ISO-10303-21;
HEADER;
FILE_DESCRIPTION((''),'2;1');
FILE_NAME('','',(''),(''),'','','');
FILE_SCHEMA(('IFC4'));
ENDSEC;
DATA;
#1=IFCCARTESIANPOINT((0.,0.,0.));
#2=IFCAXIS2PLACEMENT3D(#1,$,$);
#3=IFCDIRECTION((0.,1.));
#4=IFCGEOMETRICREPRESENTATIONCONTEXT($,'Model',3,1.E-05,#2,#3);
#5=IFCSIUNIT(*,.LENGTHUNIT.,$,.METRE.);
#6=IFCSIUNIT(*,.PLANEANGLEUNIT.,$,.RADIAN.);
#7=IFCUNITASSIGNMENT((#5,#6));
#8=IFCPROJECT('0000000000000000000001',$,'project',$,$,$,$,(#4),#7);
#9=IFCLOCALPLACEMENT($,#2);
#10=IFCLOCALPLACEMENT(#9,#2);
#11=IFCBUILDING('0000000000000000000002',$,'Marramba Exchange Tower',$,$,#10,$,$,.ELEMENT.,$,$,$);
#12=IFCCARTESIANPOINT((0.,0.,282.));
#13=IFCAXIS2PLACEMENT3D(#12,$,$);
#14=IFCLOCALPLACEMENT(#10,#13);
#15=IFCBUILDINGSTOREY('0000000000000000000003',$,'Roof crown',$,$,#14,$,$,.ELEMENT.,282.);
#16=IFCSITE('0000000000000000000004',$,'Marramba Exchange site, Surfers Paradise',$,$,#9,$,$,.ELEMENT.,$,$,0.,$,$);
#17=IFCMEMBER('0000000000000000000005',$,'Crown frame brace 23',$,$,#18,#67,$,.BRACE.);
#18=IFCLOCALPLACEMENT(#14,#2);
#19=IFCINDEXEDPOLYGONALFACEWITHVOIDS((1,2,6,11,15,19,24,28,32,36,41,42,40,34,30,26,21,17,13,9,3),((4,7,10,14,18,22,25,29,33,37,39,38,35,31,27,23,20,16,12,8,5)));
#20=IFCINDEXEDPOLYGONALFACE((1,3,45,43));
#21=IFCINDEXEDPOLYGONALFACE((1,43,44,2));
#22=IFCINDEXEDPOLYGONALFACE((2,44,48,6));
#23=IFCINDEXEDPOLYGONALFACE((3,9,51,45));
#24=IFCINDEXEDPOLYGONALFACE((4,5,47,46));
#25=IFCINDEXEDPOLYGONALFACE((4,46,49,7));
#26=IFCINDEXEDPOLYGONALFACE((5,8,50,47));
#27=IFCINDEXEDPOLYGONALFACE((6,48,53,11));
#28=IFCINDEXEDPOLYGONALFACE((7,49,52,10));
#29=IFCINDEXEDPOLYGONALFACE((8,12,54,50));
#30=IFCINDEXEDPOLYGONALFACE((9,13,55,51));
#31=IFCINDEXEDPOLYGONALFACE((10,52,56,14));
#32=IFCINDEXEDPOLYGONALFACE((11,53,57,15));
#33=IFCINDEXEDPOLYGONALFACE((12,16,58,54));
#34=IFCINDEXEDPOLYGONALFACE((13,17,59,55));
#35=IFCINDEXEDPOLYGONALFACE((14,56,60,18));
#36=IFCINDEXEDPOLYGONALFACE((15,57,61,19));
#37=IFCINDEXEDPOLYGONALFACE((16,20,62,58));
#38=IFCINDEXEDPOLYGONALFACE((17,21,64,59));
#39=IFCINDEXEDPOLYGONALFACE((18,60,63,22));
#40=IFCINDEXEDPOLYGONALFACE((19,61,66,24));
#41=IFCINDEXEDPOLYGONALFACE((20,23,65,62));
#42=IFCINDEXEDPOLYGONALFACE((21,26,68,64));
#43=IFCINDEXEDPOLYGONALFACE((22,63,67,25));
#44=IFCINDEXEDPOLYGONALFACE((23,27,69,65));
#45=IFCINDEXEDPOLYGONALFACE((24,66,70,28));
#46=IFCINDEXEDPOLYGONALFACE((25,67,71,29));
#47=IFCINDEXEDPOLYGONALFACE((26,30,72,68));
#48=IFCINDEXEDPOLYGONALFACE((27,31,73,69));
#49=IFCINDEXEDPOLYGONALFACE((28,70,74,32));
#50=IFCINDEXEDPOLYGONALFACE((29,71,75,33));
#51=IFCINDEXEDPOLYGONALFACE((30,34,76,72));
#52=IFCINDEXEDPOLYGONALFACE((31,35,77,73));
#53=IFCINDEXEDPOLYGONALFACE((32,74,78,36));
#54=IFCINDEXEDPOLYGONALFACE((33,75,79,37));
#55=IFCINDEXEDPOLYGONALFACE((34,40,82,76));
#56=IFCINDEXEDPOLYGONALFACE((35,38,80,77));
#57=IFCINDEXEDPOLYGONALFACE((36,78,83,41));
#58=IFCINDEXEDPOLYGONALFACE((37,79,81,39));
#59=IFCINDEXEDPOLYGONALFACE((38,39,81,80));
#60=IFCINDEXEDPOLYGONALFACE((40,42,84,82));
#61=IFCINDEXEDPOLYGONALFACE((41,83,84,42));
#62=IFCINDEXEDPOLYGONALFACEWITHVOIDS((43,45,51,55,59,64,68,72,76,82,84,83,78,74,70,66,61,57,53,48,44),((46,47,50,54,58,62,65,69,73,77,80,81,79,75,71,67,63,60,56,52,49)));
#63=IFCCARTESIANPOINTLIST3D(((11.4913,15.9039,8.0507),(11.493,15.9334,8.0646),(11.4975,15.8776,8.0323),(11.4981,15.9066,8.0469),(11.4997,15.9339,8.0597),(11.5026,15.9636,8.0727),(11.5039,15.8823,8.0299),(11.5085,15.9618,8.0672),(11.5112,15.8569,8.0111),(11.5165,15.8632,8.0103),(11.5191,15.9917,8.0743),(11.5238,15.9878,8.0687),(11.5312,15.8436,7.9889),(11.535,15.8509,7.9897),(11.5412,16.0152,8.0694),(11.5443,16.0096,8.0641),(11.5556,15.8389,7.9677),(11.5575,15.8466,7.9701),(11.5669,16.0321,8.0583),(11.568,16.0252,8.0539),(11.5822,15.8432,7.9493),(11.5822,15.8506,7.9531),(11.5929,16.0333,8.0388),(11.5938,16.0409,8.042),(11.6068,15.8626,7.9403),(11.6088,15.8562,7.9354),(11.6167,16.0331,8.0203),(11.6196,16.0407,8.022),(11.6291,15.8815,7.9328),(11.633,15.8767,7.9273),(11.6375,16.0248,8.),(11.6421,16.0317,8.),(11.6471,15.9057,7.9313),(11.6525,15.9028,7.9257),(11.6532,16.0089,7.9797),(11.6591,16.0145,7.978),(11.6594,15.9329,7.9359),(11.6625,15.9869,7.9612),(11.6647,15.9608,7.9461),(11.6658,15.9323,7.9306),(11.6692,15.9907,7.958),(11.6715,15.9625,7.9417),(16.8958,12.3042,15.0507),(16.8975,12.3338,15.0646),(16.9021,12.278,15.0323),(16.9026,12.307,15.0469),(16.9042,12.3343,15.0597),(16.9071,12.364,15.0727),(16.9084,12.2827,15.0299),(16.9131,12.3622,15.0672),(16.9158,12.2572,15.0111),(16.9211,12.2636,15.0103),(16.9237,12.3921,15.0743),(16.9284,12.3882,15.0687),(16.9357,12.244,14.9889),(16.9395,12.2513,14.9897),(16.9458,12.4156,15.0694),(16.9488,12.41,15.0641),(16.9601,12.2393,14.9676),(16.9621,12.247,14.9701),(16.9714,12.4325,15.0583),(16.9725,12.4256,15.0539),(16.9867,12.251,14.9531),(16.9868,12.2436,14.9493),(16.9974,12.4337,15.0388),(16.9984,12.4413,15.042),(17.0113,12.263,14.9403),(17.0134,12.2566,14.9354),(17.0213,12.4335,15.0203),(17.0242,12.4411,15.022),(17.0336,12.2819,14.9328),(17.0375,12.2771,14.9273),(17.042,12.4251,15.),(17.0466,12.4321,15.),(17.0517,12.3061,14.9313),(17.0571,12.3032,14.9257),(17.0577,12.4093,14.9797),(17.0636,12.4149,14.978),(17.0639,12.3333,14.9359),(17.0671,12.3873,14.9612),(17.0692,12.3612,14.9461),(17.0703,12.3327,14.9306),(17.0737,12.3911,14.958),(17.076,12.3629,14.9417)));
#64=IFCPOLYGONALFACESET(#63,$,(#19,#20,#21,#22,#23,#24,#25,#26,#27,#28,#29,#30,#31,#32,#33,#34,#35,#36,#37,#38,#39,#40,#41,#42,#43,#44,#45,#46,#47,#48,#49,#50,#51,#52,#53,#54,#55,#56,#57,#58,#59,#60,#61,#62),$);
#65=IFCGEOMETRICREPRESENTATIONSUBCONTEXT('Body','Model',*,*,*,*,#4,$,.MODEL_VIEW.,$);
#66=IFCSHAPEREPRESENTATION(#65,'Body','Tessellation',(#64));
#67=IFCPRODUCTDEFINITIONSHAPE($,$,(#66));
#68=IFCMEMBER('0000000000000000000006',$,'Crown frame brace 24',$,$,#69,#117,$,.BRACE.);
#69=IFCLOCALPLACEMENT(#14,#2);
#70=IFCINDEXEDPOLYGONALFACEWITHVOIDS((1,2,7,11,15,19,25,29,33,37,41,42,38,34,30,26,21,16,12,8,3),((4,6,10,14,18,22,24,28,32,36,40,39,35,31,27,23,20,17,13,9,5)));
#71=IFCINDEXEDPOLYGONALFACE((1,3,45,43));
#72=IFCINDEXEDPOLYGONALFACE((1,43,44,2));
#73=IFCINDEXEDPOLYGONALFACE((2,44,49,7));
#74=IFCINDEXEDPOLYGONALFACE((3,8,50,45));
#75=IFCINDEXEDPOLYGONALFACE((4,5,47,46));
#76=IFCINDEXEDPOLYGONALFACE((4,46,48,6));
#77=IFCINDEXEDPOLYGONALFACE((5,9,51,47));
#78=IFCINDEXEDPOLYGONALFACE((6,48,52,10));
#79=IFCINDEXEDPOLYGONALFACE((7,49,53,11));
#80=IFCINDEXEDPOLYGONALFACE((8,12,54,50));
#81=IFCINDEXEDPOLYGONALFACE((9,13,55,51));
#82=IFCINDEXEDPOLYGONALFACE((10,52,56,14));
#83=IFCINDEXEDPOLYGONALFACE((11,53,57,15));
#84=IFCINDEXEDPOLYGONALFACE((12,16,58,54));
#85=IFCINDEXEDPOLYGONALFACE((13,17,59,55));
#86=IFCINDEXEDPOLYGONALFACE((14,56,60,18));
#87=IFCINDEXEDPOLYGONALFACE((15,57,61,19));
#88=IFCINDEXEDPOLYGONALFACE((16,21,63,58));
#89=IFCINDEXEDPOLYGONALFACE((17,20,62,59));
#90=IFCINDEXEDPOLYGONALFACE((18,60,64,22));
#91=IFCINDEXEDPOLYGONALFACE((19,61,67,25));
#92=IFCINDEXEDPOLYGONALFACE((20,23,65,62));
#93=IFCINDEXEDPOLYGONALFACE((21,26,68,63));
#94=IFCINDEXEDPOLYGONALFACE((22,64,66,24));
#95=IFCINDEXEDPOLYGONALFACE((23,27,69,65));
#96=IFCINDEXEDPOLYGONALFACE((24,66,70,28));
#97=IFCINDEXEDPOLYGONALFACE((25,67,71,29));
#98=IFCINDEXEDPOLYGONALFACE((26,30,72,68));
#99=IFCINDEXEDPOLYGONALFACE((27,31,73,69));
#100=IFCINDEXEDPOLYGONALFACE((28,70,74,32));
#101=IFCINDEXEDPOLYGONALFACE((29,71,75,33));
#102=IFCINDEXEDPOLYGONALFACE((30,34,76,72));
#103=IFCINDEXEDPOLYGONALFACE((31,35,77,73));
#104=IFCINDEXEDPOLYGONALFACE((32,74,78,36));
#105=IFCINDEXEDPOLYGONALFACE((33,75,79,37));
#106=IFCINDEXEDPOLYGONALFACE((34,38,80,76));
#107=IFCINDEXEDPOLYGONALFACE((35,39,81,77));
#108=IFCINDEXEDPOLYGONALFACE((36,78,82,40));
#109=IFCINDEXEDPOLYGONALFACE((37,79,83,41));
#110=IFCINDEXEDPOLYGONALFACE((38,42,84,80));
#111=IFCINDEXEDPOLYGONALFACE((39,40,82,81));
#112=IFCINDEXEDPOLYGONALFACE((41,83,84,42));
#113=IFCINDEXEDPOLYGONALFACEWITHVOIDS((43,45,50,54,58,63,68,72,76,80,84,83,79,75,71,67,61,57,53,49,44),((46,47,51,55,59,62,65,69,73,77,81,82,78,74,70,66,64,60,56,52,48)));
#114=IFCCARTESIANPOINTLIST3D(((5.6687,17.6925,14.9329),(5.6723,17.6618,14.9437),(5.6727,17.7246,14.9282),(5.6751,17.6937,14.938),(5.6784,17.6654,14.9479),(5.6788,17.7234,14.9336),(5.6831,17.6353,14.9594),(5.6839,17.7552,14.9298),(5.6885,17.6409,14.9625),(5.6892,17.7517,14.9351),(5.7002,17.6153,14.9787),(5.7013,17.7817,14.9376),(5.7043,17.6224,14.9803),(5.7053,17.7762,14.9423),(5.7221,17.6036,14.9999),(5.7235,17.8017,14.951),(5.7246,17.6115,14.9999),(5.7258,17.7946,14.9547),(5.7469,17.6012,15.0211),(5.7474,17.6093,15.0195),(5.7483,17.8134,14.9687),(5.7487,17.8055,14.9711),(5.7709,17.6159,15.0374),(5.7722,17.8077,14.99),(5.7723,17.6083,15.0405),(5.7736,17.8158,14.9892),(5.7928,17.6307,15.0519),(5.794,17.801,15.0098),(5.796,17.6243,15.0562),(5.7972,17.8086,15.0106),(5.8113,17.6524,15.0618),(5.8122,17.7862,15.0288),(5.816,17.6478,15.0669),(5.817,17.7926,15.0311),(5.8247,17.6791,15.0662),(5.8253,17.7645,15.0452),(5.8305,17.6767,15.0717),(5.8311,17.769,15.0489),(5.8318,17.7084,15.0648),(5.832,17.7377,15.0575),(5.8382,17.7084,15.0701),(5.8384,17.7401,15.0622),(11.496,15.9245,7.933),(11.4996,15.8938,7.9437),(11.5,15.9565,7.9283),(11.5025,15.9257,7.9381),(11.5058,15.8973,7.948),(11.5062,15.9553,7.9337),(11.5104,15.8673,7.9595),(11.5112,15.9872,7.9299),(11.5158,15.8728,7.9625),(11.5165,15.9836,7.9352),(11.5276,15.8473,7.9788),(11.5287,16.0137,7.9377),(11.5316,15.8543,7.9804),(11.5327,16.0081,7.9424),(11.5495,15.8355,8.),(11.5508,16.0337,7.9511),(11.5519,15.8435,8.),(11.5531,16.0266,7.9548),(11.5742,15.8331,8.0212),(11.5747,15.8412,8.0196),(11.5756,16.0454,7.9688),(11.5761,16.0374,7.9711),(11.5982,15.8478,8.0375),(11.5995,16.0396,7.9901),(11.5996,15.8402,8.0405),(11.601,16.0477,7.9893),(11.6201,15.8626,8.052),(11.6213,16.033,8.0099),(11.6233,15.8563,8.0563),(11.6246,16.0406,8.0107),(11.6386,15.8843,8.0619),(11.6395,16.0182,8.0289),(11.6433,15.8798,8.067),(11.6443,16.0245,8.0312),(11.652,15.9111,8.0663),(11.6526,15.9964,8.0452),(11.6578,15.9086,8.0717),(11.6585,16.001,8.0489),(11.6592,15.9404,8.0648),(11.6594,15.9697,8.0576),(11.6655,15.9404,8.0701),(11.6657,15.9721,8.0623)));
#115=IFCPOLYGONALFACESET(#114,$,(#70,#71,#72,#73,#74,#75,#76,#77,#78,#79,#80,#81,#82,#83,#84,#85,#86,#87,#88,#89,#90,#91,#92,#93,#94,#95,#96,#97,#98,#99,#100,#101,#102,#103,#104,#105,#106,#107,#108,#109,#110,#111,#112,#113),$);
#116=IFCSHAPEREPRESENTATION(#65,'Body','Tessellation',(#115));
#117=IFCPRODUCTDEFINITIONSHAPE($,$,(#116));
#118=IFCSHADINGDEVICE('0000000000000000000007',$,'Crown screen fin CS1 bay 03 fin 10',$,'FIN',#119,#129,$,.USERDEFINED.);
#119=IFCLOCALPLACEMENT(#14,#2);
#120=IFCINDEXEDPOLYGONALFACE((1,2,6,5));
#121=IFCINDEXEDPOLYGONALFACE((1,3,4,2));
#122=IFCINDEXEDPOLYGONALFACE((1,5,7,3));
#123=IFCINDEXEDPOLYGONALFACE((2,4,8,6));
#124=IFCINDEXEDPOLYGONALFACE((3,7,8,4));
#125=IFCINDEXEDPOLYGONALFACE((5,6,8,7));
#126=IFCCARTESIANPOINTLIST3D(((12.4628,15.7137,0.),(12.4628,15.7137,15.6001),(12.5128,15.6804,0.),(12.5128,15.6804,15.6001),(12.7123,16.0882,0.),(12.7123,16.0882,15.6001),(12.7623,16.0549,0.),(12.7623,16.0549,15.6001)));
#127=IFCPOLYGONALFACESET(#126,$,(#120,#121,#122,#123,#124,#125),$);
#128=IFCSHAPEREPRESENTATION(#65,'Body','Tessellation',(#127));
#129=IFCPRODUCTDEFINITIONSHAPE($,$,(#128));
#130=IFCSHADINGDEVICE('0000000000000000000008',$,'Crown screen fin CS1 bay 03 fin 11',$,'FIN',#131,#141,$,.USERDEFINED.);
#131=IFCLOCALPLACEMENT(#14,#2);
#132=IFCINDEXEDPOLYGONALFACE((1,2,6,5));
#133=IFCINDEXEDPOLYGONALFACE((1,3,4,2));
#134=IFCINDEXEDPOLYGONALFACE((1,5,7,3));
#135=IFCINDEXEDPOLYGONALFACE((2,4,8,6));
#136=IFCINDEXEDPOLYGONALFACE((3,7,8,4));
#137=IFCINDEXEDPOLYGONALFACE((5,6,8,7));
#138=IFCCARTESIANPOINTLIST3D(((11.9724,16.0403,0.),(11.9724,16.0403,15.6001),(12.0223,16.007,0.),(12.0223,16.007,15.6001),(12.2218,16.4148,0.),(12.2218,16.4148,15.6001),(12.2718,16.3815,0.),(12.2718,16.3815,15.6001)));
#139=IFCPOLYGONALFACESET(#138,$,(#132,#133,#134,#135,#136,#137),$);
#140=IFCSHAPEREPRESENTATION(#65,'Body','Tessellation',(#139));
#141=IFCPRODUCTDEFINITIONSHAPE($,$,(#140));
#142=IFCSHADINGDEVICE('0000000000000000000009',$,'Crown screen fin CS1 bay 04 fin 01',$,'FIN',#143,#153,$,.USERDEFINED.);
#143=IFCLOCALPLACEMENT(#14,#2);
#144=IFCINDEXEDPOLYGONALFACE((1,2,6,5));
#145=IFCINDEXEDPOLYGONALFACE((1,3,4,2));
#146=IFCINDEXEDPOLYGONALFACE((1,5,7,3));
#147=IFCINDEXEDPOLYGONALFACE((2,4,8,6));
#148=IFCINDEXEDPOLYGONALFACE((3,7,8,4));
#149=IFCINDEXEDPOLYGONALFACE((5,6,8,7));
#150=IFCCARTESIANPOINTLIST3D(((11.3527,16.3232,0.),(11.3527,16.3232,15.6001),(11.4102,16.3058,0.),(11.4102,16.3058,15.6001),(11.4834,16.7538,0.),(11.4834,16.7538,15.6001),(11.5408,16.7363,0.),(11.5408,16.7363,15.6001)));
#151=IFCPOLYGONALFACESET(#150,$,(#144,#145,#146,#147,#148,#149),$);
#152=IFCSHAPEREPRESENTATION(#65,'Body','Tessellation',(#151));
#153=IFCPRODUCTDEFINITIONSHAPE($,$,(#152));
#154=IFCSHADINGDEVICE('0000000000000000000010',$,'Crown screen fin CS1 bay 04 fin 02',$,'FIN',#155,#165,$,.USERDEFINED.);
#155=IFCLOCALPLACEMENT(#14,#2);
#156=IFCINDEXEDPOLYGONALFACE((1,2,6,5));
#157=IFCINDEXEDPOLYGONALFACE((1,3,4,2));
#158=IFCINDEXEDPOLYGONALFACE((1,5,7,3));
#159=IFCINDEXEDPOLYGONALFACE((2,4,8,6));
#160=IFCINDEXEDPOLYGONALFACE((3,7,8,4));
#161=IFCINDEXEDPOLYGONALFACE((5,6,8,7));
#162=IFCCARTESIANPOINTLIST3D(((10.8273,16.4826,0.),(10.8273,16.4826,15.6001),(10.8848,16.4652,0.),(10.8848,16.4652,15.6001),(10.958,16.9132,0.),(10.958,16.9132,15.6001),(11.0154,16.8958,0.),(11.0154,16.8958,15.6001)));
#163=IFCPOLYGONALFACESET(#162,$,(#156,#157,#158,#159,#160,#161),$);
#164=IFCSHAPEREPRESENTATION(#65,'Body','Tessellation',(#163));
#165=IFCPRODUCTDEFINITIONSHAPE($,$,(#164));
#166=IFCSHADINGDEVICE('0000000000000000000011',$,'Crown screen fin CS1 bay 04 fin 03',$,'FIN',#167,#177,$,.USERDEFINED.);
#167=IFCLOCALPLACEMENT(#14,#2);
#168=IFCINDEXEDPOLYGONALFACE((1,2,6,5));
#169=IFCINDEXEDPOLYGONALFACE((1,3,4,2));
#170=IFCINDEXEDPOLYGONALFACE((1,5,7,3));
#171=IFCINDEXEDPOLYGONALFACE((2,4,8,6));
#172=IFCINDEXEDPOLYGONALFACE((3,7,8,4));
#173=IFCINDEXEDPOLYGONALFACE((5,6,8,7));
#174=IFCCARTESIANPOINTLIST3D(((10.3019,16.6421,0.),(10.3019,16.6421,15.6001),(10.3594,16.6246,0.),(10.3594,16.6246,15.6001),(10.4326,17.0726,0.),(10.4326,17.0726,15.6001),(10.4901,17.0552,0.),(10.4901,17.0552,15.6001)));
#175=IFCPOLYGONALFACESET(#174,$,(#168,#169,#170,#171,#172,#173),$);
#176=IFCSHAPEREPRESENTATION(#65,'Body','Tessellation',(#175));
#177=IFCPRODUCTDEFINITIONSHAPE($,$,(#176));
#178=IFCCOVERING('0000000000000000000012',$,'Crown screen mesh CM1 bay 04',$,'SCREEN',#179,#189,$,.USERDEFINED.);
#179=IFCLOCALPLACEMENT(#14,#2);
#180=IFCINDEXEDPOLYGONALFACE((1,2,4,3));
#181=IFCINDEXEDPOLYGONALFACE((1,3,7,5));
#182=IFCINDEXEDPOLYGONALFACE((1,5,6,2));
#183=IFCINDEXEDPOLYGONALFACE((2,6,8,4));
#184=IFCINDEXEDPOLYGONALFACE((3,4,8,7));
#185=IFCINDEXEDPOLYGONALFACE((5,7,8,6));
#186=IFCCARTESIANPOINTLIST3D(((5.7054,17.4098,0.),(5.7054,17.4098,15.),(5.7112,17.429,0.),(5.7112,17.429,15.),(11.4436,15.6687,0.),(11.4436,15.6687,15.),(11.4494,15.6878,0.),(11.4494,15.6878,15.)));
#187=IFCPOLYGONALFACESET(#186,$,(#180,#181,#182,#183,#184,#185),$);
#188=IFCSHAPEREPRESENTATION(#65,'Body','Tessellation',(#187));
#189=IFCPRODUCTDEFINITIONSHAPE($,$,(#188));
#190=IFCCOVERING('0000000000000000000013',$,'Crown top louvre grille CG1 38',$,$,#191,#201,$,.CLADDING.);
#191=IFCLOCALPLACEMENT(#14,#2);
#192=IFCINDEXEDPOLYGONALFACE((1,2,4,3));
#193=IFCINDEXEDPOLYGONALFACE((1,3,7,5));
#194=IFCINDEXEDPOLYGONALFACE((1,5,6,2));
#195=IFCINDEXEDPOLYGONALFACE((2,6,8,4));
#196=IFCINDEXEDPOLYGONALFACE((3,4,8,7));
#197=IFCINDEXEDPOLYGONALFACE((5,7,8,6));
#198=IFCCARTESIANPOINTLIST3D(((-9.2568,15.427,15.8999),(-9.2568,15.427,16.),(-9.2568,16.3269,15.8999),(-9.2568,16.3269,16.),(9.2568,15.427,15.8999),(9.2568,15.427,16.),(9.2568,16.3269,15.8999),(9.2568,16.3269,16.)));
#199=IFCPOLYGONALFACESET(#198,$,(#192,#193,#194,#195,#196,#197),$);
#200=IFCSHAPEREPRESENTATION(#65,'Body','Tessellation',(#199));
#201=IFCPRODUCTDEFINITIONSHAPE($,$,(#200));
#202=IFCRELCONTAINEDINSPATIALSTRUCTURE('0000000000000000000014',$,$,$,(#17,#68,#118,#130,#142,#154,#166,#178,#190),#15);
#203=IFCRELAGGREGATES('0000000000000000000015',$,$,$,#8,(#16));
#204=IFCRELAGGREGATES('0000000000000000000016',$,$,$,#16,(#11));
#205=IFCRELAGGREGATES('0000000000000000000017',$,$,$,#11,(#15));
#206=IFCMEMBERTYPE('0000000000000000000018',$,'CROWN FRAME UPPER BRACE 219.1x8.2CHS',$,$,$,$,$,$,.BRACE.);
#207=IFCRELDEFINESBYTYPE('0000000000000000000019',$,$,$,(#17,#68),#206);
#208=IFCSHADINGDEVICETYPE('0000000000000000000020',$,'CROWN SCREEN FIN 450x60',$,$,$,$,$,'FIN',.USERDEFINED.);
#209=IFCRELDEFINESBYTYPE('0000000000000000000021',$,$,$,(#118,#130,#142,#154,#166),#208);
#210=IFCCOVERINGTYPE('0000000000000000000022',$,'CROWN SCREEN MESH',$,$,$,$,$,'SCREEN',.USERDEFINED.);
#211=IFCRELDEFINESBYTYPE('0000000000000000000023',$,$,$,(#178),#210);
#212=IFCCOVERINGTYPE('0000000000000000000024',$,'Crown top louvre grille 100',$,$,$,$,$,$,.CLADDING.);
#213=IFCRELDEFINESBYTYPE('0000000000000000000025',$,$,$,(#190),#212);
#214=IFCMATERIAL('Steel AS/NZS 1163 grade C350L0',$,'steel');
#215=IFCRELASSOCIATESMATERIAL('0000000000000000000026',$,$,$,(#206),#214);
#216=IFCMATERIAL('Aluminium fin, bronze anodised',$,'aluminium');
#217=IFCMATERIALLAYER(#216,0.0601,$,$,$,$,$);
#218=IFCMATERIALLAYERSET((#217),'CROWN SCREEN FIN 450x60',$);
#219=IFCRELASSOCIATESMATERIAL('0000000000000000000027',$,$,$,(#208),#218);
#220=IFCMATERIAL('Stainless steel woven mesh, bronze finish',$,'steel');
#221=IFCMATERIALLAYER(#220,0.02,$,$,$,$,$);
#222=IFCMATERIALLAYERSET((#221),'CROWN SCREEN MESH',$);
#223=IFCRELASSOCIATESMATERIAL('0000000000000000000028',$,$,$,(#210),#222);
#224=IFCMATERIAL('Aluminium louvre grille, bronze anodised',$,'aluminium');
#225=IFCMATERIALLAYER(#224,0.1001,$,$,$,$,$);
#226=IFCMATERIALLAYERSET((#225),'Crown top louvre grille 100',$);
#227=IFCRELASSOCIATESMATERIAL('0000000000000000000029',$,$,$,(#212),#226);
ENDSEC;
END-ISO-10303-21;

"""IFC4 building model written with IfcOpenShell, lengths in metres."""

from ifc_helpers import new_model, si_unit, direction, frame, origin, origin_2d, place, context, subcontext, project, spatial, rectangle, hollow_circle, extrude, material, layer, layer_set, material_profile, profile_set, type_object, element, save


model = new_model("IFC4")

# Units and contexts
model_context = context("Model", 3, precision=1e-05, world=origin(), true_north=direction((0.0, 1.0)))
body_context = subcontext(model_context, "Body", "Model", "MODEL_VIEW")
ifc_project = project(units=[si_unit("LENGTHUNIT", "METRE"), si_unit("PLANEANGLEUNIT", "RADIAN")], contexts=[model_context])

# Site, building, storey
site_placement = place(None, origin())
site = spatial("IfcSite", under=ifc_project, at=site_placement, Name="Marramba Exchange site, Surfers Paradise", CompositionType="ELEMENT", RefElevation=0.0)
building_placement = place(site_placement, origin())
building = spatial("IfcBuilding", under=site, at=building_placement, Name="Marramba Exchange Tower", CompositionType="ELEMENT")
storey_placement = place(building_placement, frame((0.0, 0.0, 282.0)))
storey = spatial("IfcBuildingStorey", under=building, at=storey_placement, Name="Roof crown", CompositionType="ELEMENT", Elevation=282.0)

# Shared definitions
ifc_material_1 = material(Name="Steel AS/NZS 1163 grade C350L0", Category="steel")

# Members
ifc_material_profile_1 = material_profile(ifc_material_1, hollow_circle(Radius=0.1096, WallThickness=0.0083, at=origin_2d()), Name="219.1x8.2CHS")
ifc_profile_set_1 = profile_set([ifc_material_profile_1], Name="Steel AS/NZS 1163 grade C350L0")
member_type_1 = type_object("IfcMemberType", Name="CROWN FRAME UPPER BRACE 219.1x8.2CHS", PredefinedType="BRACE", material=ifc_profile_set_1)
member_1_placement = place(storey_placement, frame((11.5813, 15.9404, 8.0), z_axis=(0.566033, -0.376997, 0.73313), x_axis=(0.554336, 0.832293, 0.0)))
element("IfcMember", 1, at=member_1_placement, inside=storey, type_object=member_type_1, Name="Crown frame brace 23", PredefinedType="BRACE", context=body_context, shape_type="SweptSolid", body=[
    extrude(hollow_circle(Radius=0.1096, WallThickness=0.0083, at=origin_2d()), origin(), (0.0, 0.0, 1.0), 9.5481),
])
member_2_placement = place(storey_placement, frame((11.5813, 15.9404, 8.0), z_axis=(-0.628075, 0.190562, 0.754459), x_axis=(-0.290337, -0.956925, 0.0)))
element("IfcMember", 2, at=member_2_placement, inside=storey, type_object=member_type_1, Name="Crown frame brace 24", PredefinedType="BRACE", context=body_context, shape_type="SweptSolid", body=[
    extrude(hollow_circle(Radius=0.1096, WallThickness=0.0083, at=origin_2d()), origin(), (0.0, 0.0, 1.0), 9.2781),
])

# Shading devices
ifc_material_2 = material(Name="Aluminium fin, bronze anodised", Category="aluminium")
ifc_layer_1 = layer(ifc_material_2, 0.0601)
ifc_layer_set_1 = layer_set([ifc_layer_1], Name="CROWN SCREEN FIN 450x60")
shading_device_type = type_object("IfcShadingDeviceType", Name="CROWN SCREEN FIN 450x60", ElementType="FIN", PredefinedType="USERDEFINED", material=ifc_layer_set_1)
for number, where, z_axis, x_axis, name in (
    (3, (12.6125, 15.8843, 0.0), (0.0, 0.0, 1.0), (0.554342, 0.832289, 0.0), "Crown screen fin CS1 bay 03 fin 10"),
    (4, (12.1221, 16.2109, 0.0), (0.0, 0.0, 1.0), (0.554342, 0.832289, 0.0), "Crown screen fin CS1 bay 03 fin 11"),
    (5, (11.4468, 16.5298, 0.0), (0.0, 0.0, 1.0), (0.290352, 0.95692, 0.0), "Crown screen fin CS1 bay 04 fin 01"),
    (6, (10.9214, 16.6892, 0.0), (0.0, 0.0, 1.0), (0.290352, 0.95692, 0.0), "Crown screen fin CS1 bay 04 fin 02"),
    (7, (10.396, 16.8486, 0.0), (0.0, 0.0, 1.0), (0.290352, 0.95692, 0.0), "Crown screen fin CS1 bay 04 fin 03"),
):
    element("IfcShadingDevice", number, at=place(storey_placement, frame(where, z_axis=z_axis, x_axis=x_axis)), inside=storey, type_object=shading_device_type, Name=name, ObjectType="FIN", PredefinedType="USERDEFINED", context=body_context, shape_type="SweptSolid", body=[
        extrude(rectangle(XDim=0.45, YDim=0.0601, at=origin_2d()), origin(), (0.0, 0.0, 1.0), 15.6001),
    ])

# Coverings
ifc_material_3 = material(Name="Stainless steel woven mesh, bronze finish", Category="steel")
ifc_layer_2 = layer(ifc_material_3, 0.02)
ifc_layer_set_2 = layer_set([ifc_layer_2], Name="CROWN SCREEN MESH")
covering_type_1 = type_object("IfcCoveringType", Name="CROWN SCREEN MESH", ElementType="SCREEN", PredefinedType="USERDEFINED", material=ifc_layer_set_2)
covering_1_placement = place(storey_placement, frame((8.5774, 16.5488, 0.0), z_axis=(0.0, 0.0, 1.0), x_axis=(-0.95692, 0.290352, 0.0)))
element("IfcCovering", 8, at=covering_1_placement, inside=storey, type_object=covering_type_1, Name="Crown screen mesh CM1 bay 04", ObjectType="SCREEN", PredefinedType="USERDEFINED", context=body_context, shape_type="SweptSolid", body=[
    extrude(rectangle(XDim=5.9966, YDim=0.02, at=origin_2d()), origin(), (0.0, 0.0, 1.0), 15.0),
])
ifc_material_4 = material(Name="Aluminium louvre grille, bronze anodised", Category="aluminium")
ifc_layer_3 = layer(ifc_material_4, 0.1001)
ifc_layer_set_3 = layer_set([ifc_layer_3], Name="Crown top louvre grille 100")
covering_type_2 = type_object("IfcCoveringType", Name="Crown top louvre grille 100", PredefinedType="CLADDING", material=ifc_layer_set_3)
covering_2_placement = place(storey_placement, frame((0.0, 15.877, 15.8999), z_axis=(0.0, 0.0, 1.0), x_axis=(1.0, 0.0, 0.0)))
element("IfcCovering", 9, at=covering_2_placement, inside=storey, type_object=covering_type_2, Name="Crown top louvre grille CG1 38", PredefinedType="CLADDING", context=body_context, shape_type="SweptSolid", body=[
    extrude(rectangle(XDim=18.5137, YDim=0.8999, at=origin_2d()), origin(), (0.0, 0.0, 1.0), 0.1001),
])

save(model, "model.ifc")
